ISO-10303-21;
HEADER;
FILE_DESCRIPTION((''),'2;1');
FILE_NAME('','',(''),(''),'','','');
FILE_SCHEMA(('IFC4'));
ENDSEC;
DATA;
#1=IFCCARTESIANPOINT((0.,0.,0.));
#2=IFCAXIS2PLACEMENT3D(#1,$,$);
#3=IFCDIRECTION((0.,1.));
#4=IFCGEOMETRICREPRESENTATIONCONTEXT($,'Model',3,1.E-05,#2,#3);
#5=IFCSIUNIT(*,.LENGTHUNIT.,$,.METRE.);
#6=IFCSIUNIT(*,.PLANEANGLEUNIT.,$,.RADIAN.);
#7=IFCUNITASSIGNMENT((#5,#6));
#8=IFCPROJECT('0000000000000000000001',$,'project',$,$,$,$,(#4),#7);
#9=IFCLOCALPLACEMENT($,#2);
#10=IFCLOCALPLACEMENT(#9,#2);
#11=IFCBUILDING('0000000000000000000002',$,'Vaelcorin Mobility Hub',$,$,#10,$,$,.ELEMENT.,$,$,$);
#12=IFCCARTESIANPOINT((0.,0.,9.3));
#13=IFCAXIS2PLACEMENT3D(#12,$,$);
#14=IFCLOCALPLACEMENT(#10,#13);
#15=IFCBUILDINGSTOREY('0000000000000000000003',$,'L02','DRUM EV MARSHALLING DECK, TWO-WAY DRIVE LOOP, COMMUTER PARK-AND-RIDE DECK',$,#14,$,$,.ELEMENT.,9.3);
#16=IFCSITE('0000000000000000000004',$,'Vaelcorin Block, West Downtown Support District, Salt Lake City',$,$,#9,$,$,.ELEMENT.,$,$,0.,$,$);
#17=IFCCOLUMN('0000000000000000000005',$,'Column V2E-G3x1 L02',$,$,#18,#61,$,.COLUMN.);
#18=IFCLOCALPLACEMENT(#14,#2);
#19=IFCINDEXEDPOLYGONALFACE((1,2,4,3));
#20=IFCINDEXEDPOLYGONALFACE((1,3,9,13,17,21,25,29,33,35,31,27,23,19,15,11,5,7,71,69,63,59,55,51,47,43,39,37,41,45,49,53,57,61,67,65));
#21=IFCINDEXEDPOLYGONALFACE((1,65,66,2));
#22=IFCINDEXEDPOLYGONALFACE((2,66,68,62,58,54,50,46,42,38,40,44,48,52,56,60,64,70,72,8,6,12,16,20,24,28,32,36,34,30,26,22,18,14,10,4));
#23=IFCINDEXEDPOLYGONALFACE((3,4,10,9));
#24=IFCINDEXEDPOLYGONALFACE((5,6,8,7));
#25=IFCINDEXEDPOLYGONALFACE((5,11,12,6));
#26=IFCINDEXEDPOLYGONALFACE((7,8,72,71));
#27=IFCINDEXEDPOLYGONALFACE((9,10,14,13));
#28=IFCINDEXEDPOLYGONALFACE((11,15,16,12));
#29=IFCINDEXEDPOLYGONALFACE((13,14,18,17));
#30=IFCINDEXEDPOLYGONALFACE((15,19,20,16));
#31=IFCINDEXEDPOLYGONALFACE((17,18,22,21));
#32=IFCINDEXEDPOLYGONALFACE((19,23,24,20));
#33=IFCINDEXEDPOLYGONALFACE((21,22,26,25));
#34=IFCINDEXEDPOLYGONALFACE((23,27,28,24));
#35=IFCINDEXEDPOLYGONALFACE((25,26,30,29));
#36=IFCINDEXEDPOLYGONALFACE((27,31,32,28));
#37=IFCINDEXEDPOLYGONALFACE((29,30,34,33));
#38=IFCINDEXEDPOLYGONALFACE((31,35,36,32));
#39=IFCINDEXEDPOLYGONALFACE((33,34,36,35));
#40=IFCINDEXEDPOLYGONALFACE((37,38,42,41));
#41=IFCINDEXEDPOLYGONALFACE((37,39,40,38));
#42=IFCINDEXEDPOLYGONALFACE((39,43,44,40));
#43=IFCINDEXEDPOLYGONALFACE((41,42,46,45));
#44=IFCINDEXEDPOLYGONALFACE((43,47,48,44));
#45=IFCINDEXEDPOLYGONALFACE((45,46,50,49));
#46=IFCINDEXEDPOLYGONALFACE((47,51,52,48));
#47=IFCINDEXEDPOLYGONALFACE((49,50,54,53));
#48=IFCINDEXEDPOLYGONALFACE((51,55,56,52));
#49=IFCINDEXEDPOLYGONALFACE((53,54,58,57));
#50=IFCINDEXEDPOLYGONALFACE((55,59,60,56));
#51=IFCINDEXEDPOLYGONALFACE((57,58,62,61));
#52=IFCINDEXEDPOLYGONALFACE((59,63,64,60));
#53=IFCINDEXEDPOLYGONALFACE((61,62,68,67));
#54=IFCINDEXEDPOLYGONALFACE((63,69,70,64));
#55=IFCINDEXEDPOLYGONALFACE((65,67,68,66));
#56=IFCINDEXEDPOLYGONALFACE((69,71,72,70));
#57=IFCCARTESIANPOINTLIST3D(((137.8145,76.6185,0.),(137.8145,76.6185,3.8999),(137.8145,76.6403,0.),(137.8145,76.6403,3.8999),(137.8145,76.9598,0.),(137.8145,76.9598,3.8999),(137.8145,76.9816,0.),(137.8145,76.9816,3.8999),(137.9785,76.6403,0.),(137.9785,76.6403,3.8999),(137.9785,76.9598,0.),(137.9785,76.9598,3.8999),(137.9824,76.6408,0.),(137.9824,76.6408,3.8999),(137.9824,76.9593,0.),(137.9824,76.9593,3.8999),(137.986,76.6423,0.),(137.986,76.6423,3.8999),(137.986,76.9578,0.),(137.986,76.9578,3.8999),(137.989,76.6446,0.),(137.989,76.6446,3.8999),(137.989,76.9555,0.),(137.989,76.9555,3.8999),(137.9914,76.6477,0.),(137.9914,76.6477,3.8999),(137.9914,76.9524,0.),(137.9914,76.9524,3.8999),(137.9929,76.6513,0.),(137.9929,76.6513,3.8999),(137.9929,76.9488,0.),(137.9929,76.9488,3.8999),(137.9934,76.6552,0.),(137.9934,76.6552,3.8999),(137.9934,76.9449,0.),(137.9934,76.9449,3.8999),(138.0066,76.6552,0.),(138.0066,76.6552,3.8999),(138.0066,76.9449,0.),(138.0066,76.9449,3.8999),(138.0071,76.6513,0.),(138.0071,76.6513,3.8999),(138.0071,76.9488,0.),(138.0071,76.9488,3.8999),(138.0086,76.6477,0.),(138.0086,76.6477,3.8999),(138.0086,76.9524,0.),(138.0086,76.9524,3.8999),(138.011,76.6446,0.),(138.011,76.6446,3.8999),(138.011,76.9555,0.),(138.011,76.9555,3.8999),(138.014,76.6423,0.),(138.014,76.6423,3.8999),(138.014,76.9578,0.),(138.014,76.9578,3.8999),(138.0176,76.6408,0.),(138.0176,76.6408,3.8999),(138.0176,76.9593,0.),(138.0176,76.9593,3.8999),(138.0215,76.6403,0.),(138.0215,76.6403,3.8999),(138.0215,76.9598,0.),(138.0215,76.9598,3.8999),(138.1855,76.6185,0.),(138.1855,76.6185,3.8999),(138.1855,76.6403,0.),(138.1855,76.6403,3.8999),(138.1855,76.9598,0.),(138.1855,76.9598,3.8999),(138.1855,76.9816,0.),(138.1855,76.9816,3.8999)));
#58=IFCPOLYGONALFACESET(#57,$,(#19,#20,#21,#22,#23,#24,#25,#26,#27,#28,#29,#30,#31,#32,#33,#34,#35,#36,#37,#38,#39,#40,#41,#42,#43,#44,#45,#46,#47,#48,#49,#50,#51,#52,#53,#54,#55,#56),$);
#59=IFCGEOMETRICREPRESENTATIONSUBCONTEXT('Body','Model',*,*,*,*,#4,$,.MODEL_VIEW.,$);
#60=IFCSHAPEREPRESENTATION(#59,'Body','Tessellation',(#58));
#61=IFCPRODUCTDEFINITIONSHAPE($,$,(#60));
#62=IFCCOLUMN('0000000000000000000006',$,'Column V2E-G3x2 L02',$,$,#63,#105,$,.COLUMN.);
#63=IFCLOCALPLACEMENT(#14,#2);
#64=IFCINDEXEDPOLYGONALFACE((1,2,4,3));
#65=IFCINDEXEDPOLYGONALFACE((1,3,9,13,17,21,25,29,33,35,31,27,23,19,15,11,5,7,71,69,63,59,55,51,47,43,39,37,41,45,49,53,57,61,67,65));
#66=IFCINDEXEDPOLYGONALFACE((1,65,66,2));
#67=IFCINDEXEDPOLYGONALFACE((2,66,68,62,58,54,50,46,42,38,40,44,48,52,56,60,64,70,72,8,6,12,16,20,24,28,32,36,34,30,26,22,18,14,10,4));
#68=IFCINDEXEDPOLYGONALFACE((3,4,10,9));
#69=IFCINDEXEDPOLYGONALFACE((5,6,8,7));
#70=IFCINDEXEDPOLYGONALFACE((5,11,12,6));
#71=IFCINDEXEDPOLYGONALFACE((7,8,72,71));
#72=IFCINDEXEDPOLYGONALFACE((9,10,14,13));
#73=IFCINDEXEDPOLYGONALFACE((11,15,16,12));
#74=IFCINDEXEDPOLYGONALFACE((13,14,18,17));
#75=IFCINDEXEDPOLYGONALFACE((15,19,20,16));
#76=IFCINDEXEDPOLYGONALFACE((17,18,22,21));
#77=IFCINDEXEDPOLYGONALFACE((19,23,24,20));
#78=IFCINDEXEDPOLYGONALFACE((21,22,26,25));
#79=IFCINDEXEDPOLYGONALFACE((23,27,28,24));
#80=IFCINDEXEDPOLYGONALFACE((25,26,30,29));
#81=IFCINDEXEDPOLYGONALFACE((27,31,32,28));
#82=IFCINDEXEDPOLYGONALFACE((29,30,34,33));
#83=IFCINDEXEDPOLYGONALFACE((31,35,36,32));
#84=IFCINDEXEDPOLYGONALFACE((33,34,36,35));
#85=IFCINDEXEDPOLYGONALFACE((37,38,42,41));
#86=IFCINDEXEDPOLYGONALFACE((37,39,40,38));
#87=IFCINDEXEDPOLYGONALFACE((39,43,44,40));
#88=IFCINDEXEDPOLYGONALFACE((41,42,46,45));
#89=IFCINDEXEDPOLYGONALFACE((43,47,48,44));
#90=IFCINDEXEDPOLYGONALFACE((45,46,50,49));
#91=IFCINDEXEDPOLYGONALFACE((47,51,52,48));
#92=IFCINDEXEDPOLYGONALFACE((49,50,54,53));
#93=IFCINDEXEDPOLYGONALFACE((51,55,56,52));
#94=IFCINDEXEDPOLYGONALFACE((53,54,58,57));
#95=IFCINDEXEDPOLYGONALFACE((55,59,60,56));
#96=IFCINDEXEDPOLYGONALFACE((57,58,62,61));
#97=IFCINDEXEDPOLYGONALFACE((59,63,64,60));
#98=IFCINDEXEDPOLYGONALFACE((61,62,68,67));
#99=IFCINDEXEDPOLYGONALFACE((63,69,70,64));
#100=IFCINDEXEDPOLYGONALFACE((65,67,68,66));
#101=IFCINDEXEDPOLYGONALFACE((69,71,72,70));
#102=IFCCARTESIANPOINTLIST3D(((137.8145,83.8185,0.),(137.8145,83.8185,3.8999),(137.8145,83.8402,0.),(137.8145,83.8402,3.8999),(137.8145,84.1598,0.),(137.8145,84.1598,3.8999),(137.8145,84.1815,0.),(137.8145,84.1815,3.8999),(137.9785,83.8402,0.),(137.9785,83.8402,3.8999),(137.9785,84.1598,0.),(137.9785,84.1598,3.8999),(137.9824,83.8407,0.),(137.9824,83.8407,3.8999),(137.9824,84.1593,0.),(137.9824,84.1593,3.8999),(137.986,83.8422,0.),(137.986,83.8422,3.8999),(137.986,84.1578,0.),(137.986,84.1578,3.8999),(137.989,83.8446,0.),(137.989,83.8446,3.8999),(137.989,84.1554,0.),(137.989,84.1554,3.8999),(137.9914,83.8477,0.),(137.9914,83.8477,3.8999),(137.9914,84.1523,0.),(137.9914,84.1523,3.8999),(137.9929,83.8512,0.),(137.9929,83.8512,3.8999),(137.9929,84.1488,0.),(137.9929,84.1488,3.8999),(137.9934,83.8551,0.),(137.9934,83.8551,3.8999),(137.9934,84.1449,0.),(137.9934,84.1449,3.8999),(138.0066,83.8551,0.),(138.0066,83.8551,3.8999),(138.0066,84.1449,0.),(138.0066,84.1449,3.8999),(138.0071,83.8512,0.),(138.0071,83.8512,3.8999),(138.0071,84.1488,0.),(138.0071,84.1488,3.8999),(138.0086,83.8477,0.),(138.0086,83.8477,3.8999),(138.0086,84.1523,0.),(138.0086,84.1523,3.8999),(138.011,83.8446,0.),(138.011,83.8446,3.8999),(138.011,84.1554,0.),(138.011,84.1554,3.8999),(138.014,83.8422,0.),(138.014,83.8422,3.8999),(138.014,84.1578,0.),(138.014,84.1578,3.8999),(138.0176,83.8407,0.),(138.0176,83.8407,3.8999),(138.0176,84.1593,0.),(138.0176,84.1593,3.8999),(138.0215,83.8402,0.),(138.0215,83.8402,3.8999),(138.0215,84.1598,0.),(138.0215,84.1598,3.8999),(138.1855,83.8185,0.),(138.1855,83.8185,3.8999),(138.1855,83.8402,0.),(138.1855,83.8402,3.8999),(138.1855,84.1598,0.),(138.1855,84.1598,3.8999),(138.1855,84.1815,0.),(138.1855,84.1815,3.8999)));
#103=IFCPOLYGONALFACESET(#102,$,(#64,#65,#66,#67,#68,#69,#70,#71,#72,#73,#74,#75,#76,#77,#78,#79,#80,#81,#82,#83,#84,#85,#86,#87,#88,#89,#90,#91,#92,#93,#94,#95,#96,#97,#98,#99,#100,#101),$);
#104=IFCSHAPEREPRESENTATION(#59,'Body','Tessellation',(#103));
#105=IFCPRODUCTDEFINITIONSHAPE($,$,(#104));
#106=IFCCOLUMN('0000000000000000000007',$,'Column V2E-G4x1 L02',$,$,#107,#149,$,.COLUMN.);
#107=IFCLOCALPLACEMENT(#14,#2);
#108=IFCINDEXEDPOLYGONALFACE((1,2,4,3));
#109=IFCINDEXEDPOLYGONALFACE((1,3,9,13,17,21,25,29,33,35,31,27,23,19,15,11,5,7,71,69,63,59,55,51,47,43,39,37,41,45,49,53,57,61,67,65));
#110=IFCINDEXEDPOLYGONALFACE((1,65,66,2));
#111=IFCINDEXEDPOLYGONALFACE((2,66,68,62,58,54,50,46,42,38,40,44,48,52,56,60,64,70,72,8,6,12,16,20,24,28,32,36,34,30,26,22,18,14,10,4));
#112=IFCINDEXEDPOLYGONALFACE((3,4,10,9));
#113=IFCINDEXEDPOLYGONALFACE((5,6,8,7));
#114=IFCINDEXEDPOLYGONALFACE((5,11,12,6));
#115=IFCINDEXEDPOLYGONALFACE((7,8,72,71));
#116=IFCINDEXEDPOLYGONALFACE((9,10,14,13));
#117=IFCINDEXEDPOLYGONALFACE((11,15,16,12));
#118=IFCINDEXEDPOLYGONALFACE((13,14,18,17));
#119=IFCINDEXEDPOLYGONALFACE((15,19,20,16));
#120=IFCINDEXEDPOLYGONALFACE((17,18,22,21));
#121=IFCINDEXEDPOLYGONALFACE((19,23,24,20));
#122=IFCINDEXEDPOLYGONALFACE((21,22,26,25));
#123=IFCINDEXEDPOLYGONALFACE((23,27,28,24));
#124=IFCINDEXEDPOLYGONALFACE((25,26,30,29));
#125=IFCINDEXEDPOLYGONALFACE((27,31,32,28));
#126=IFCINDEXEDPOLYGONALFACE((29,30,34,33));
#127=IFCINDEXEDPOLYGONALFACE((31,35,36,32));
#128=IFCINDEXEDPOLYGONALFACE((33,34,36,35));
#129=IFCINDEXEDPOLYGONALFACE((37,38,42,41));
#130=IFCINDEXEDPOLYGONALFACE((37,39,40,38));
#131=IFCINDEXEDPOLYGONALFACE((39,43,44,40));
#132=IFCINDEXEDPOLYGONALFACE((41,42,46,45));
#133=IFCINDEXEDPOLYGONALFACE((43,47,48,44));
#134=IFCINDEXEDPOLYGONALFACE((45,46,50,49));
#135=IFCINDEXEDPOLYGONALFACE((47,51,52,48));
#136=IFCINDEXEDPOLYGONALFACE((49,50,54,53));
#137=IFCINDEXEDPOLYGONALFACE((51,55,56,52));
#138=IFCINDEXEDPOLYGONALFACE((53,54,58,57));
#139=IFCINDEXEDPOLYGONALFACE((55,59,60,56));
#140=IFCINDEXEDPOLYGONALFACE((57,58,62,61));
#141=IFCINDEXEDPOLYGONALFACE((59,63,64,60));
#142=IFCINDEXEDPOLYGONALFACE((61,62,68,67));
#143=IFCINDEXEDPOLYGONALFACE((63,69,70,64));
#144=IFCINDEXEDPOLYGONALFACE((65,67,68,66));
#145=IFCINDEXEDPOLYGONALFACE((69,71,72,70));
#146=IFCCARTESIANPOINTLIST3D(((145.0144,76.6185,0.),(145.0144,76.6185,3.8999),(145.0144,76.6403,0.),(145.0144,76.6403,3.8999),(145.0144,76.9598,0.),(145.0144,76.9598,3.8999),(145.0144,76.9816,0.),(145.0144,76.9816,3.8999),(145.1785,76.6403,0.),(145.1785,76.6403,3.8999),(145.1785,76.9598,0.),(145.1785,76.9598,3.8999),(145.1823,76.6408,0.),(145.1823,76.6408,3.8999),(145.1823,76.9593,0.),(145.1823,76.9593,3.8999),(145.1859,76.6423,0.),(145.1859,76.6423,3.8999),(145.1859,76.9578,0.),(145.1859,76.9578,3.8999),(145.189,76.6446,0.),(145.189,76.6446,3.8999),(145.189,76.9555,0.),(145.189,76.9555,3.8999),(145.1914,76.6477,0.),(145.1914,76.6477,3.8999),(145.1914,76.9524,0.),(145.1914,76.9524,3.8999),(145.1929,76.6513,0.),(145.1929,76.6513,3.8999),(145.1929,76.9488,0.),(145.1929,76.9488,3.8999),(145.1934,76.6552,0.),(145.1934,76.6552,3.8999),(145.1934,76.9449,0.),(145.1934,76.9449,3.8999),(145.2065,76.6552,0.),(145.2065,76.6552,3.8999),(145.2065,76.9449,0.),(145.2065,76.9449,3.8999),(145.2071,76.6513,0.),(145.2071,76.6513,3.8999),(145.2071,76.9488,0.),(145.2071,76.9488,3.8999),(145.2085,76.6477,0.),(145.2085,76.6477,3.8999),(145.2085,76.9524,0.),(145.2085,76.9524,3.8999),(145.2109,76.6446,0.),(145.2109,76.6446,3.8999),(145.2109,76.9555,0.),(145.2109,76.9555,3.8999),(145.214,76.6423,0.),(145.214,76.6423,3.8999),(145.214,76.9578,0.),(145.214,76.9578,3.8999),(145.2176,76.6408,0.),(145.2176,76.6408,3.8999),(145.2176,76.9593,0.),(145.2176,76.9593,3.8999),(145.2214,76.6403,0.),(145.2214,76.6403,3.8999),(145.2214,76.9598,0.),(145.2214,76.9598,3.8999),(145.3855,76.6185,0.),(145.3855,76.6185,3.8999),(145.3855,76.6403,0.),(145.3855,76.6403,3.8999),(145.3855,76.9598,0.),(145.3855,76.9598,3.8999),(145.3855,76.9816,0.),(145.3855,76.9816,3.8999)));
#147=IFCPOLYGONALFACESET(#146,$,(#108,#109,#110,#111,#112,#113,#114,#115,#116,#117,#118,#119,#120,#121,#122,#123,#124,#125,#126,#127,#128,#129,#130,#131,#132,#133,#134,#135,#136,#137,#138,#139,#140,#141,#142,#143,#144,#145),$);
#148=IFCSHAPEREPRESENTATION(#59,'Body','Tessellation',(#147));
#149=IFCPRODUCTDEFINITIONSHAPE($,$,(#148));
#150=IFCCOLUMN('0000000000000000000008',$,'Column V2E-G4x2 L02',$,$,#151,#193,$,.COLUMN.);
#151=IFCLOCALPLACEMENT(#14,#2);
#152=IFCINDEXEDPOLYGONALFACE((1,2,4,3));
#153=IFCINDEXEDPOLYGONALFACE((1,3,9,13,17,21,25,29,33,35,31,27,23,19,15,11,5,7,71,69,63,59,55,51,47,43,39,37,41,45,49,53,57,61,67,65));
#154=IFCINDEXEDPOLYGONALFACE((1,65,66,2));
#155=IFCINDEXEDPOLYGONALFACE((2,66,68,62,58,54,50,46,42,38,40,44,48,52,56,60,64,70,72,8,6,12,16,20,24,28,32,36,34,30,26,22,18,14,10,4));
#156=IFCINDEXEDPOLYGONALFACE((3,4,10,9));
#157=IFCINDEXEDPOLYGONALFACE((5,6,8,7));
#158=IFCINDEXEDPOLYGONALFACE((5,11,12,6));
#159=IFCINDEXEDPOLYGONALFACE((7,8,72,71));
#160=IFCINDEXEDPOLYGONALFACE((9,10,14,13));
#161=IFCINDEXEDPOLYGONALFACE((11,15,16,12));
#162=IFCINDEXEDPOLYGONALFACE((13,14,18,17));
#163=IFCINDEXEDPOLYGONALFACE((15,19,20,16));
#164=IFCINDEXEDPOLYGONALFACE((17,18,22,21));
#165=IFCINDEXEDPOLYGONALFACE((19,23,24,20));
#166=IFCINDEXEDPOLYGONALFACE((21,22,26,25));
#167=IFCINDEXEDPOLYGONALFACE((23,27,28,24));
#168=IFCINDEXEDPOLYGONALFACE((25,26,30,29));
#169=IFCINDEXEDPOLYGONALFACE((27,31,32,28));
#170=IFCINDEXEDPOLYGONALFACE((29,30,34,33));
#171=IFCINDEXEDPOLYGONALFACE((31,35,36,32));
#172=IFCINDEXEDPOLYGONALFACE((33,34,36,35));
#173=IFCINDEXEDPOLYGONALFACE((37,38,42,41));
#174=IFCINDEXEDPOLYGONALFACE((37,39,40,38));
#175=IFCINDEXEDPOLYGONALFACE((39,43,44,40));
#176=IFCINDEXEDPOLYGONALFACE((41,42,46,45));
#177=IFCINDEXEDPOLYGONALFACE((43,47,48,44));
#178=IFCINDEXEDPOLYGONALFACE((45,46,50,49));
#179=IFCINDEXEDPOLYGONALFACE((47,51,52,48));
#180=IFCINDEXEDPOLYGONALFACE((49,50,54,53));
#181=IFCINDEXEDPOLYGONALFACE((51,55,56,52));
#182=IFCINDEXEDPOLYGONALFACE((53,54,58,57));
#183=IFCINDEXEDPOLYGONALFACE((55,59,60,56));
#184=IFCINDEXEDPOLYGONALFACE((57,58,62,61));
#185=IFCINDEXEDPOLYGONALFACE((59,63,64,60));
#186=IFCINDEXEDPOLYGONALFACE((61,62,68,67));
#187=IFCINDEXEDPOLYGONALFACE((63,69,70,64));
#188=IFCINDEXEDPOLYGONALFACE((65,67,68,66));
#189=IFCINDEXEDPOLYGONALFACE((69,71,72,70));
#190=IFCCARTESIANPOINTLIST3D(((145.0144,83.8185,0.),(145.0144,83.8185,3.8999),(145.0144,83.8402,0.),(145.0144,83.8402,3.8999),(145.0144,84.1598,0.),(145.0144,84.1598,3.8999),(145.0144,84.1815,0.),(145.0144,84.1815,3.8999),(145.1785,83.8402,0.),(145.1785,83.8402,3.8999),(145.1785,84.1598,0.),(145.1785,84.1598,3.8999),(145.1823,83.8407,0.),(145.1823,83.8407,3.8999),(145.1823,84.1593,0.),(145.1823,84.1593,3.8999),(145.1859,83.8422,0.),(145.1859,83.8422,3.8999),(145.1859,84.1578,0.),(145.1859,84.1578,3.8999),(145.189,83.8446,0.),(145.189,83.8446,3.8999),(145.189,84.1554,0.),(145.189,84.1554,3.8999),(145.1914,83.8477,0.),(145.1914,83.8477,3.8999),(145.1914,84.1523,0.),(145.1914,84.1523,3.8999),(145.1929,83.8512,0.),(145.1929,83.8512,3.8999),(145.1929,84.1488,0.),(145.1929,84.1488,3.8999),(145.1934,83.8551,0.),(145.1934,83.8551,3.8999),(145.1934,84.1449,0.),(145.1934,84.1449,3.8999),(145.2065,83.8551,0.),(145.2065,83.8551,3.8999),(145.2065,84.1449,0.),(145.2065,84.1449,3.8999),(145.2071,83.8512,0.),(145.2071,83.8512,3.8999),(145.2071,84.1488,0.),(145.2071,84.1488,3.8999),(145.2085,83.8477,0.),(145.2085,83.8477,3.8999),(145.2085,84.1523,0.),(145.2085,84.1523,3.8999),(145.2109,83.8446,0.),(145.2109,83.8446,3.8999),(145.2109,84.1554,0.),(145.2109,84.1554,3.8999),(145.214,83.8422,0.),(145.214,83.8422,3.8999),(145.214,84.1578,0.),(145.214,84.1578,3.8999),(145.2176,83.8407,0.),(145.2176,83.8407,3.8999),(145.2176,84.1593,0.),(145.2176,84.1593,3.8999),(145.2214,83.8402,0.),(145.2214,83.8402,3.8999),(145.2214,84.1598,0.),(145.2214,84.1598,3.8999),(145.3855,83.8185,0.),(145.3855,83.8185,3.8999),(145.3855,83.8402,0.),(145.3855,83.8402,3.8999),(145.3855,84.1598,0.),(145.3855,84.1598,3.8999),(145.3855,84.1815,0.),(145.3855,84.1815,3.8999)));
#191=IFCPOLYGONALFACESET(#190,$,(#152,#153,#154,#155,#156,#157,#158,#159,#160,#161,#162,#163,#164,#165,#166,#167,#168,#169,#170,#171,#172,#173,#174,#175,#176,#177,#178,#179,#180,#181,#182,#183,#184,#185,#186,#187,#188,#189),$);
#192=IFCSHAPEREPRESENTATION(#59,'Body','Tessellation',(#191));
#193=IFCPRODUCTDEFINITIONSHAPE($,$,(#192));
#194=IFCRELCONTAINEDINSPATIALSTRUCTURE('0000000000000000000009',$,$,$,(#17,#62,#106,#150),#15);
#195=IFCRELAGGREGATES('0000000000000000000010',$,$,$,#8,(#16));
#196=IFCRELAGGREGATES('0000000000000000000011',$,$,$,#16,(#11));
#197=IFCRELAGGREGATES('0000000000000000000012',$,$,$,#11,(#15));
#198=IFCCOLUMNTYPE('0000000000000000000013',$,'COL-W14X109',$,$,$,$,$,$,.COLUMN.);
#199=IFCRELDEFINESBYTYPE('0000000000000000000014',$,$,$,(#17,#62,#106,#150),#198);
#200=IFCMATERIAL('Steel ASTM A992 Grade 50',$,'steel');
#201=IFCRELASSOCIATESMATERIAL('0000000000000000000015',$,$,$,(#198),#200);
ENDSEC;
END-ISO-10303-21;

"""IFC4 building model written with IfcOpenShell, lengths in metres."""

from ifc_helpers import new_model, si_unit, direction, frame, origin, origin_2d, place, context, subcontext, project, spatial, i_section, extrude, material, material_profile, profile_set, type_object, element, save


model = new_model("IFC4")

# Units and contexts
model_context = context("Model", 3, precision=1e-05, world=origin(), true_north=direction((0.0, 1.0)))
body_context = subcontext(model_context, "Body", "Model", "MODEL_VIEW")
ifc_project = project(units=[si_unit("LENGTHUNIT", "METRE"), si_unit("PLANEANGLEUNIT", "RADIAN")], contexts=[model_context])

# Site, building, storey
site_placement = place(None, origin())
site = spatial("IfcSite", under=ifc_project, at=site_placement, Name="Vaelcorin Block, West Downtown Support District, Salt Lake City", CompositionType="ELEMENT", RefElevation=0.0)
building_placement = place(site_placement, origin())
building = spatial("IfcBuilding", under=site, at=building_placement, Name="Vaelcorin Mobility Hub", CompositionType="ELEMENT")
storey_placement = place(building_placement, frame((0.0, 0.0, 9.3)))
storey = spatial("IfcBuildingStorey", under=building, at=storey_placement, Name="L02", Description="DRUM EV MARSHALLING DECK, TWO-WAY DRIVE LOOP, COMMUTER PARK-AND-RIDE DECK", CompositionType="ELEMENT", Elevation=9.3)

# Columns
ifc_material_1 = material(Name="Steel ASTM A992 Grade 50", Category="steel")
ifc_material_profile_1 = material_profile(ifc_material_1, i_section(OverallWidth=0.3711, OverallDepth=0.363, WebThickness=0.0132, FlangeThickness=0.0217, FilletRadius=0.0149, at=origin_2d()), Name="W14X109")
ifc_profile_set_1 = profile_set([ifc_material_profile_1], Name="Steel ASTM A992 Grade 50")
column_type_1 = type_object("IfcColumnType", Name="COL-W14X109", PredefinedType="COLUMN", material=ifc_profile_set_1)
for number, where, z_axis, x_axis, name in (
    (1, (138.0, 76.8, 0.0), (0.0, 0.0, 1.0), (1.0, 0.0, 0.0), "Column V2E-G3x1 L02"),
    (2, (138.0, 84.0, 0.0), (0.0, 0.0, 1.0), (1.0, 0.0, 0.0), "Column V2E-G3x2 L02"),
    (3, (145.2, 76.8, 0.0), (0.0, 0.0, 1.0), (1.0, 0.0, 0.0), "Column V2E-G4x1 L02"),
    (4, (145.2, 84.0, 0.0), (0.0, 0.0, 1.0), (1.0, 0.0, 0.0), "Column V2E-G4x2 L02"),
):
    element("IfcColumn", number, at=place(storey_placement, frame(where, z_axis=z_axis, x_axis=x_axis)), inside=storey, type_object=column_type_1, Name=name, PredefinedType="COLUMN", context=body_context, shape_type="SweptSolid", body=[
        extrude(i_section(OverallWidth=0.3711, OverallDepth=0.363, WebThickness=0.0132, FlangeThickness=0.0217, FilletRadius=0.0149, at=origin_2d()), origin(), (0.0, 0.0, 1.0), 3.8999),
    ])

save(model, "model.ifc")
